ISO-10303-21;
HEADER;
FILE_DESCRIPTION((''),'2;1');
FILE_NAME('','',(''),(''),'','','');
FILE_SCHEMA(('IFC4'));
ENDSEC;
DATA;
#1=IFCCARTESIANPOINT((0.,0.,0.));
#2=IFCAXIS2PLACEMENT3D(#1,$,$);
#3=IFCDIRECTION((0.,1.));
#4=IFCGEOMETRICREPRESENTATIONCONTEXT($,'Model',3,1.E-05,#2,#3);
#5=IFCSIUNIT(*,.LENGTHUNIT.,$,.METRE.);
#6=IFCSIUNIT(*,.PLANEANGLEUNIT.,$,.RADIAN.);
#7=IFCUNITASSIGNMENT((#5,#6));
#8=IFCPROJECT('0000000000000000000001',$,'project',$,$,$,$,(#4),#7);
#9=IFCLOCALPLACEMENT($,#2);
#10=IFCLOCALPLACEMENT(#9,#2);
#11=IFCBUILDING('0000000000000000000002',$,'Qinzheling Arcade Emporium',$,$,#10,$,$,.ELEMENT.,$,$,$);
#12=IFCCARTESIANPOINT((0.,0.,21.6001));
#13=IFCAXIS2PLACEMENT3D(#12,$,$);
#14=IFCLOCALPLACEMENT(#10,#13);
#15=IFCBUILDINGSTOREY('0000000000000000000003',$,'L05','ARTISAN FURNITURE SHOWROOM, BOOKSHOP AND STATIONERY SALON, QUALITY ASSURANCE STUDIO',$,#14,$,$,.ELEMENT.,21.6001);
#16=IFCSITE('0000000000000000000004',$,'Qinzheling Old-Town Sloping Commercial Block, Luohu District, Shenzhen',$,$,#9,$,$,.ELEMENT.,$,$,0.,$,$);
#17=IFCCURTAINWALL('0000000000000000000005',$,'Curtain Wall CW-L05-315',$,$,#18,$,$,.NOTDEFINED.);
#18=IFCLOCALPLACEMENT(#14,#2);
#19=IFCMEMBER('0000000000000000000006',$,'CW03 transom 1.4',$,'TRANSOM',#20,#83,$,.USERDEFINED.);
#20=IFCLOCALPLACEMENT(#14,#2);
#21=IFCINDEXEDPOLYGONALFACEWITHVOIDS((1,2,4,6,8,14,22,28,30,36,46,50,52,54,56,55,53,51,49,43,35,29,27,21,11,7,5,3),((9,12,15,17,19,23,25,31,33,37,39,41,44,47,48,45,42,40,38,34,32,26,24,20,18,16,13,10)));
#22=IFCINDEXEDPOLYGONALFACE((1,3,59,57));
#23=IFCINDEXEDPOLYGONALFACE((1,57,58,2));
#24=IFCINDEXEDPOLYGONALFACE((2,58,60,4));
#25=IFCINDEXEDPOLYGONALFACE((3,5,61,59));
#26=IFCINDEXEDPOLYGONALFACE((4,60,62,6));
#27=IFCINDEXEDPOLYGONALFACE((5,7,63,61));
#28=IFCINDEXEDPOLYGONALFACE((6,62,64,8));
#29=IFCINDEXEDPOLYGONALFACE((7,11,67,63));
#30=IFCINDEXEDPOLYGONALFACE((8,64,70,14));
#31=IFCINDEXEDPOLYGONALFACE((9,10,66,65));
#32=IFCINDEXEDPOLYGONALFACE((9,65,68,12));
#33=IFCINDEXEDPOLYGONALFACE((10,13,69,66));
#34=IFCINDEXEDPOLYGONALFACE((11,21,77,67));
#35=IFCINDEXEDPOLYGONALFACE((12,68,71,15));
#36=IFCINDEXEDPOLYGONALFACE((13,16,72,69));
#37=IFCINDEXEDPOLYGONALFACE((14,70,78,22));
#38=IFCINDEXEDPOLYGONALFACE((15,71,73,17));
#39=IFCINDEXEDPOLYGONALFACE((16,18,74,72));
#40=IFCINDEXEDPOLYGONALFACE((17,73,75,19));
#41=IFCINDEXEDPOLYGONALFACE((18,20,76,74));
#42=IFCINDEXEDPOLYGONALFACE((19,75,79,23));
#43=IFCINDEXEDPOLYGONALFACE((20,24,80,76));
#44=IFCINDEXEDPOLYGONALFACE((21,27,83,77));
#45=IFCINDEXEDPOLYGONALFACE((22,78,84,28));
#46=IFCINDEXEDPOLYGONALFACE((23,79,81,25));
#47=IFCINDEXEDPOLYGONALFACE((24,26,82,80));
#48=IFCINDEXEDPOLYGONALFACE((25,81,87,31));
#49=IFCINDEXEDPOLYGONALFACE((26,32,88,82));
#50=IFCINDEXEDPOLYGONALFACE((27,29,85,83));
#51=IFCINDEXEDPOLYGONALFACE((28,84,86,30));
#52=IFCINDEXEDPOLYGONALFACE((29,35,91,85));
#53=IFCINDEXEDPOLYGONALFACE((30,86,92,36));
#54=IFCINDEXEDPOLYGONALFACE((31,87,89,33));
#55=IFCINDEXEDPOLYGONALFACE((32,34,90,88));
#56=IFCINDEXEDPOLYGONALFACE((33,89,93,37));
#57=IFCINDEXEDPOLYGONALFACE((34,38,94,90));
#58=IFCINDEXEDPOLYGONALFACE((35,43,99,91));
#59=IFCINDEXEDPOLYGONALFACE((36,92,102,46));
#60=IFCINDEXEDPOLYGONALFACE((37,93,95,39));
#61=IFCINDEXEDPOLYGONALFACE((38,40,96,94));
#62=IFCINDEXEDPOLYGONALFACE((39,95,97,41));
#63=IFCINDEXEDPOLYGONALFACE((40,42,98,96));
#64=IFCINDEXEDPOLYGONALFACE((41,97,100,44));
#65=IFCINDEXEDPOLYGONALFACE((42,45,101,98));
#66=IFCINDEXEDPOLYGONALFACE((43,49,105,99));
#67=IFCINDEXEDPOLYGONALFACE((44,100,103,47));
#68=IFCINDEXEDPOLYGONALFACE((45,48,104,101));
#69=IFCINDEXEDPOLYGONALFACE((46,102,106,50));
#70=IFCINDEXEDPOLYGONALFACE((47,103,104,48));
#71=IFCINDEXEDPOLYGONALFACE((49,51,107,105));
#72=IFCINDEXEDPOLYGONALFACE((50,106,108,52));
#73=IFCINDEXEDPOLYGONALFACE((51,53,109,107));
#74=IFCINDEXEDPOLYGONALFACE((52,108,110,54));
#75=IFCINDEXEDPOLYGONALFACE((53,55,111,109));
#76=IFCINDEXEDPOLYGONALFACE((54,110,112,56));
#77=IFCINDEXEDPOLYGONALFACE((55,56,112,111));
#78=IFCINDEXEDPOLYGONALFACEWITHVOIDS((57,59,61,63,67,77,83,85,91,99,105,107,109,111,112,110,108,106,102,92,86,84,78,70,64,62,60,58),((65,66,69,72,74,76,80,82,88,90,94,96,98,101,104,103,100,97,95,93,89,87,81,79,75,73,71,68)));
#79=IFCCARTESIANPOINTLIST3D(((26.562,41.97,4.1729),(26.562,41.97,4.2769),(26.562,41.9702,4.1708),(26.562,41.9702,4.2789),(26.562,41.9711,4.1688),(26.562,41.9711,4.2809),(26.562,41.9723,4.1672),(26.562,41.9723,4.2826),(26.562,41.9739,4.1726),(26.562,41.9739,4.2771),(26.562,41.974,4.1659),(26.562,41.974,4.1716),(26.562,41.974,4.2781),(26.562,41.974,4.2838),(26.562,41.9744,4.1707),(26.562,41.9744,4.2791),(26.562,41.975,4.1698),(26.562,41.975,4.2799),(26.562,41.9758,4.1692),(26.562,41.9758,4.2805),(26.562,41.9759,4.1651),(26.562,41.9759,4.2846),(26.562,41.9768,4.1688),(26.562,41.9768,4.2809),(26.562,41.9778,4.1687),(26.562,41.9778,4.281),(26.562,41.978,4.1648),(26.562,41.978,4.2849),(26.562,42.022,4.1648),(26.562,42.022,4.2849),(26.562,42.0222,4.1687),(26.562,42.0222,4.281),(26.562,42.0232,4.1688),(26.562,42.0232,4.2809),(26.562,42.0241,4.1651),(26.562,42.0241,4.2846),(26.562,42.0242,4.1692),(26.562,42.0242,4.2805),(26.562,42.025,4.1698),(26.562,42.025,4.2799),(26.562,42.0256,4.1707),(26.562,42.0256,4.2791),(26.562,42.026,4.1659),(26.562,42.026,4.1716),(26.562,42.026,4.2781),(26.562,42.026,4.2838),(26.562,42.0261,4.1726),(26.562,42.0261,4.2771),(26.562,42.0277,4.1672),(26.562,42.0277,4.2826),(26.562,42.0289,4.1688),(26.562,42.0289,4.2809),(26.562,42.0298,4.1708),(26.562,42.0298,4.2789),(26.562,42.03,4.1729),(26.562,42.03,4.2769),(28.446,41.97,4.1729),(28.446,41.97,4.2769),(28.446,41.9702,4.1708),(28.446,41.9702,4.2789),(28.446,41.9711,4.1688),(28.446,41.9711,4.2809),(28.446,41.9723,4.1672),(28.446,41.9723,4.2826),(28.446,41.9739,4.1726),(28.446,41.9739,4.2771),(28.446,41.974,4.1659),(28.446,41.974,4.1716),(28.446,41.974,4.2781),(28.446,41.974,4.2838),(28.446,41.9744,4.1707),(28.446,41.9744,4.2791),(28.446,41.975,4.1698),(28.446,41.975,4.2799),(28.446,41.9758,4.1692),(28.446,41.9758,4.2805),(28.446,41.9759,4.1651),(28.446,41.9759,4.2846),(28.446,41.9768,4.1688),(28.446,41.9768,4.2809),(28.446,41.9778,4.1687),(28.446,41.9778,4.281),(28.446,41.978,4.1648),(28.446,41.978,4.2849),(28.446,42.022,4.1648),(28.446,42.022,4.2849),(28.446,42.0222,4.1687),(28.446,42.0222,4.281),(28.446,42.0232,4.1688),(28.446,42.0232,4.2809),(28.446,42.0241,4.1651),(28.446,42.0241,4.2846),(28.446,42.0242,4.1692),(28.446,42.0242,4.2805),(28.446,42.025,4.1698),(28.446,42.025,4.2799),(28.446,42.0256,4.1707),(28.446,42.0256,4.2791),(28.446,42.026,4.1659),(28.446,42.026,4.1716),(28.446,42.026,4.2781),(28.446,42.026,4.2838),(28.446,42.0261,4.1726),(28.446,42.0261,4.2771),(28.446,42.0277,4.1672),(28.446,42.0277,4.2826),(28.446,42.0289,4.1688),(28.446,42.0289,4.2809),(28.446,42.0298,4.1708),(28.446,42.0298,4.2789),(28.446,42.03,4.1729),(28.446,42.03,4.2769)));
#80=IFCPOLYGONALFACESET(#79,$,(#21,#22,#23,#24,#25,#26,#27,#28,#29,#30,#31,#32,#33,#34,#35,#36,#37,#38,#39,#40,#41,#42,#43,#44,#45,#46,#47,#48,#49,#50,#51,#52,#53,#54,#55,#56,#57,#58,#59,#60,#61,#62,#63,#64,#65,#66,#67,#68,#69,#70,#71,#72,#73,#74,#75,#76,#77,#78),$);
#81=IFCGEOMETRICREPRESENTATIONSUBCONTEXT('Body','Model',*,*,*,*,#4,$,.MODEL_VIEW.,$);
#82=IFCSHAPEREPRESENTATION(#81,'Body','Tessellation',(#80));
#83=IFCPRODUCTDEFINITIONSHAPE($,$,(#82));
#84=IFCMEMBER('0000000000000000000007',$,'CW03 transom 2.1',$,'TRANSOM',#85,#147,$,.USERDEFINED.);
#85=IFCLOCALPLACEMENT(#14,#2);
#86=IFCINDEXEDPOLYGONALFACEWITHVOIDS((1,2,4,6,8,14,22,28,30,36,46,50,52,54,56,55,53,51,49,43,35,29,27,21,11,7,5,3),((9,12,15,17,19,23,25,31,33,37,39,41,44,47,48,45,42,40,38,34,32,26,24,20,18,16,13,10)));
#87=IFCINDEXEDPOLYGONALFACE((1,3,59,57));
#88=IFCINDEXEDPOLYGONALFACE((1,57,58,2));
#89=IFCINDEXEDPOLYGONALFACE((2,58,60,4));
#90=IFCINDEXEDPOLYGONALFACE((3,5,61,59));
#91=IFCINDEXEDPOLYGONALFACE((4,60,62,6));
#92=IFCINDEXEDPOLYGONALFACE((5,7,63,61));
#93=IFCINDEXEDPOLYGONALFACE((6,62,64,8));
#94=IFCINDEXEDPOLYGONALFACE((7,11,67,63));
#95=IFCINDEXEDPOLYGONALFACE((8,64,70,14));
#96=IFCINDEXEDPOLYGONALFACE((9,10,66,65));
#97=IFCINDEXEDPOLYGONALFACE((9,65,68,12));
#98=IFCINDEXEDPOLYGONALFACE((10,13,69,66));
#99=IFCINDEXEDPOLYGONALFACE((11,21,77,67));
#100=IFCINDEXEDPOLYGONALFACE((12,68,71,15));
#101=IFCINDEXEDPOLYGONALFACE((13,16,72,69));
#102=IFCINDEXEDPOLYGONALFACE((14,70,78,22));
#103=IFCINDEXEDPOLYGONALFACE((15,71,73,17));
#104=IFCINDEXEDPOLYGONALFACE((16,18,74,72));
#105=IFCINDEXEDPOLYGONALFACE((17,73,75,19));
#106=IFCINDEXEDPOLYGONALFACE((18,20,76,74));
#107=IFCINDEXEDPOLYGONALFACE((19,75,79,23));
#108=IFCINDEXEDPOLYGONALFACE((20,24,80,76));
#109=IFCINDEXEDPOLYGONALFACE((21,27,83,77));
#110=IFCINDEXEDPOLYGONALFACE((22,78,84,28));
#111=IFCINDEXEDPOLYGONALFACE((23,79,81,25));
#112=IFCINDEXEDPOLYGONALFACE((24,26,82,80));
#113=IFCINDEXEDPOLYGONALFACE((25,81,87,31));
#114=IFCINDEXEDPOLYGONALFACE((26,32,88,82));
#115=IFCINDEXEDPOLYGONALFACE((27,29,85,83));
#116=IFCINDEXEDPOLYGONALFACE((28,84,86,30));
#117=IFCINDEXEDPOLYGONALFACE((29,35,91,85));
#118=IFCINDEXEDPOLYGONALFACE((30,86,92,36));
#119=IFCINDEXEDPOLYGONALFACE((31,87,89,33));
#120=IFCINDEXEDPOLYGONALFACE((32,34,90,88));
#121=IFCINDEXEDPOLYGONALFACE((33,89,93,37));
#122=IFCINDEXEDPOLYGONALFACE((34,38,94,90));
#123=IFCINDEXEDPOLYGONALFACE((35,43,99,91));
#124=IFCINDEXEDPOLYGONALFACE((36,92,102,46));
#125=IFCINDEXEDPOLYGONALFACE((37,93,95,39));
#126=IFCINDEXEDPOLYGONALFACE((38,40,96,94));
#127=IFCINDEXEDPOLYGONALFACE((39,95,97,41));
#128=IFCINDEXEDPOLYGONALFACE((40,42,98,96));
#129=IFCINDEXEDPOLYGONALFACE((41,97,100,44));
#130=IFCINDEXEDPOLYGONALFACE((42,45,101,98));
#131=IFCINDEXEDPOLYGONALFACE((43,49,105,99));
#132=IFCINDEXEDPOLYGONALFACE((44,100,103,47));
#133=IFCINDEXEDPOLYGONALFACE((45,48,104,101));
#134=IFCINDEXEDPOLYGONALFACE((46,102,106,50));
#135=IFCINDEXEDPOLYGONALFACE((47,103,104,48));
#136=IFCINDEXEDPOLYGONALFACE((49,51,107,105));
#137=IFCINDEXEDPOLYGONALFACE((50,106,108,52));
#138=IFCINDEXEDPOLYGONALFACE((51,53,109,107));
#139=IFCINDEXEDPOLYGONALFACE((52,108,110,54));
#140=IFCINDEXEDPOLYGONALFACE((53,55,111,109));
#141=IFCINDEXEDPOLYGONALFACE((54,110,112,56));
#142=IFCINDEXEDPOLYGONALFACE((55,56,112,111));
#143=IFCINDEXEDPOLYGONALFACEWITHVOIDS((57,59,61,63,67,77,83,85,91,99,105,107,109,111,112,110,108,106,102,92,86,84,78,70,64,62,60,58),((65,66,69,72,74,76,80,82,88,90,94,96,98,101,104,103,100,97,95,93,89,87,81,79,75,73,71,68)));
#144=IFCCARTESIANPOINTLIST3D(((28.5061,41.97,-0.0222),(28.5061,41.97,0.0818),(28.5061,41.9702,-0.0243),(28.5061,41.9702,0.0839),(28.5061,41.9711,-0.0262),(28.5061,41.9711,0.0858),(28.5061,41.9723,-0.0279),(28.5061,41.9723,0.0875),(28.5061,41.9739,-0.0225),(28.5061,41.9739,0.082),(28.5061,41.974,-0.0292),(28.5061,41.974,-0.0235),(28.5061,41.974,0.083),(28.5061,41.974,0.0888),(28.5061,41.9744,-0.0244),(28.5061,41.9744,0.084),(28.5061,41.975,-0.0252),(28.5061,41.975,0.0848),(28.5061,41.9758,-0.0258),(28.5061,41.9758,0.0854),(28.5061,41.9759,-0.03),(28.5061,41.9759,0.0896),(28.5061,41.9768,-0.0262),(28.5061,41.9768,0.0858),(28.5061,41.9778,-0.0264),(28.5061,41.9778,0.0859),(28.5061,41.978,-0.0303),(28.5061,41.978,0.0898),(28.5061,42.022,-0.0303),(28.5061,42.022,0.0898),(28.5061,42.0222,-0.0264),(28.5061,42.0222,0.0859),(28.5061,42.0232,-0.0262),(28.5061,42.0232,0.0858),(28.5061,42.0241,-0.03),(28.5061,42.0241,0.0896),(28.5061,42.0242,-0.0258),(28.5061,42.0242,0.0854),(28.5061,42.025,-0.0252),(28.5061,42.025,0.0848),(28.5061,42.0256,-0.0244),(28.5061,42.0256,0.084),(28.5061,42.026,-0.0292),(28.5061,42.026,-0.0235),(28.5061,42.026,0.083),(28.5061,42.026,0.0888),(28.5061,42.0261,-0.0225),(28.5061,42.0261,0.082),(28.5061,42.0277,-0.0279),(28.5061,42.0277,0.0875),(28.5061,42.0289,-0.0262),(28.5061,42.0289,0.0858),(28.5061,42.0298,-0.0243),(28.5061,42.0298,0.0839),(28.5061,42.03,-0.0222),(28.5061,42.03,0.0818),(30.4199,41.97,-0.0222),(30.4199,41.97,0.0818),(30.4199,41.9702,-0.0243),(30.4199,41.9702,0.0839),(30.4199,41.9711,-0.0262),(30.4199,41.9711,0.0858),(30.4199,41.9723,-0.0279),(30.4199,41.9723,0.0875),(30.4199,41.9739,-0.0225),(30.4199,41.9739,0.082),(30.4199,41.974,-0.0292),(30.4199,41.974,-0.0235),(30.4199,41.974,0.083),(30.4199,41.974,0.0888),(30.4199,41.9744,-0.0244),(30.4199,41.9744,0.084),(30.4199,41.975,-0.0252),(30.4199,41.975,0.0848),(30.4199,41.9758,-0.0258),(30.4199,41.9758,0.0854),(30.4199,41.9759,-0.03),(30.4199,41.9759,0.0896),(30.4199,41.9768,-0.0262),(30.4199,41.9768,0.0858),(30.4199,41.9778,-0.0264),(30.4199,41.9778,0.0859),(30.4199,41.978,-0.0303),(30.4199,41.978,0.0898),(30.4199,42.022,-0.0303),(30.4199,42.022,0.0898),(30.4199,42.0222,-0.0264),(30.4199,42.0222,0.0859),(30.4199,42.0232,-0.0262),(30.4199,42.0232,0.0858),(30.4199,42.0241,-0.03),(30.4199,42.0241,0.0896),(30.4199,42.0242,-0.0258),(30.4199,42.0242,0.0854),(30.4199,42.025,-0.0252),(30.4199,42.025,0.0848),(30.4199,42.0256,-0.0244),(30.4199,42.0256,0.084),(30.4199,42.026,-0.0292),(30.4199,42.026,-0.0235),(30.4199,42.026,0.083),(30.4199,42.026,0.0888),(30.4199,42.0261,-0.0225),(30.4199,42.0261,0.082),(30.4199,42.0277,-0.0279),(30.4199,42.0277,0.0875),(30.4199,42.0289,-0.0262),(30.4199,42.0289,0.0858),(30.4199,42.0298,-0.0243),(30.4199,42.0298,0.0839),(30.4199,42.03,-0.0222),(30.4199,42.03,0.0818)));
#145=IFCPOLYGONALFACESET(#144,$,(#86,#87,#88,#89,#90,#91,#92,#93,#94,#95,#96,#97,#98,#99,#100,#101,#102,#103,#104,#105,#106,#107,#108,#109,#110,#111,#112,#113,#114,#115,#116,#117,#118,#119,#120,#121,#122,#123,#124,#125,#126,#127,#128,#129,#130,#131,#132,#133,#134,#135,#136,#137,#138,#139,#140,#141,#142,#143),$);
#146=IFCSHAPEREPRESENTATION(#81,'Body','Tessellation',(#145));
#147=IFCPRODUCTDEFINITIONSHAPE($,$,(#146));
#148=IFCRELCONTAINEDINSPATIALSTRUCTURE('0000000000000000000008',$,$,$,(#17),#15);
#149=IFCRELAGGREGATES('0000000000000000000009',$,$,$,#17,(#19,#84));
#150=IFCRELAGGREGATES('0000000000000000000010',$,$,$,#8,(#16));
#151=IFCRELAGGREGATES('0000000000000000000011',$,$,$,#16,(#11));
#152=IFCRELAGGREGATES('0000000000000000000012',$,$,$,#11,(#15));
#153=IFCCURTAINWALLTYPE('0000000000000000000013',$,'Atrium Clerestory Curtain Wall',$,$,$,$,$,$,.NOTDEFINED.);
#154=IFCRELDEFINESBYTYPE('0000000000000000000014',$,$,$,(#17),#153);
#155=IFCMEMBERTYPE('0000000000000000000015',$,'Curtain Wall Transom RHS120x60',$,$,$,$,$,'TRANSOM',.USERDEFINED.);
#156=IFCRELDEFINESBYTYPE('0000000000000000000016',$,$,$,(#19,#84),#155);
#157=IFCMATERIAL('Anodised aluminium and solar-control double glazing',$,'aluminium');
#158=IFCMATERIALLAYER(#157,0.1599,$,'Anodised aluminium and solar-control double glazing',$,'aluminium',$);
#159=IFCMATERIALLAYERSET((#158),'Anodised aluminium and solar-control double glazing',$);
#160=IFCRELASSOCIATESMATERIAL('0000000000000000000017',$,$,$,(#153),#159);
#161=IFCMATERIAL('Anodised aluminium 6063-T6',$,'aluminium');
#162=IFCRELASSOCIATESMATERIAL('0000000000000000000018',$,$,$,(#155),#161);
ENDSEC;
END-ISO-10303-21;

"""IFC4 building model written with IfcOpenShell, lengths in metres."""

from ifc_helpers import new_model, si_unit, direction, frame, origin, origin_2d, place, context, subcontext, project, spatial, hollow_rectangle, extrude, material, layer, layer_set, material_profile, profile_set, type_object, element, aggregate, save


model = new_model("IFC4")

# Units and contexts
model_context = context("Model", 3, precision=1e-05, world=origin(), true_north=direction((0.0, 1.0)))
body_context = subcontext(model_context, "Body", "Model", "MODEL_VIEW")
ifc_project = project(units=[si_unit("LENGTHUNIT", "METRE"), si_unit("PLANEANGLEUNIT", "RADIAN")], contexts=[model_context])

# Site, building, storey
site_placement = place(None, origin())
site = spatial("IfcSite", under=ifc_project, at=site_placement, Name="Qinzheling Old-Town Sloping Commercial Block, Luohu District, Shenzhen", CompositionType="ELEMENT", RefElevation=0.0)
building_placement = place(site_placement, origin())
building = spatial("IfcBuilding", under=site, at=building_placement, Name="Qinzheling Arcade Emporium", CompositionType="ELEMENT")
storey_placement = place(building_placement, frame((0.0, 0.0, 21.6001)))
storey = spatial("IfcBuildingStorey", under=building, at=storey_placement, Name="L05", Description="ARTISAN FURNITURE SHOWROOM, BOOKSHOP AND STATIONERY SALON, QUALITY ASSURANCE STUDIO", CompositionType="ELEMENT", Elevation=21.6001)

# Curtain wall
ifc_material_1 = material(Name="Anodised aluminium and solar-control double glazing", Category="aluminium")
ifc_layer_1 = layer(ifc_material_1, 0.1599, Name="Anodised aluminium and solar-control double glazing", Category="aluminium")
ifc_layer_set_1 = layer_set([ifc_layer_1], Name="Anodised aluminium and solar-control double glazing")
curtain_wall_type = type_object("IfcCurtainWallType", Name="Atrium Clerestory Curtain Wall", PredefinedType="NOTDEFINED", material=ifc_layer_set_1)
ifc_material_2 = material(Name="Anodised aluminium 6063-T6", Category="aluminium")
curtain_wall_1_placement = place(storey_placement, origin())
curtain_wall_1 = element("IfcCurtainWall", 1, at=curtain_wall_1_placement, inside=storey, type_object=curtain_wall_type, Name="Curtain Wall CW-L05-315", PredefinedType="NOTDEFINED")

# Members
ifc_material_profile_1 = material_profile(ifc_material_2, hollow_rectangle(XDim=0.0601, YDim=0.1201, WallThickness=0.0039, InnerFilletRadius=0.0039, OuterFilletRadius=0.0081, at=origin_2d()), Name="RHS 120x60x4", Category="aluminium")
ifc_profile_set_1 = profile_set([ifc_material_profile_1], Name="Anodised aluminium 6063-T6")
member_type_1 = type_object("IfcMemberType", Name="Curtain Wall Transom RHS120x60", ElementType="TRANSOM", PredefinedType="USERDEFINED", material=ifc_profile_set_1)
member_1_placement = place(storey_placement, frame((26.562, 42.0, 4.2249), z_axis=(1.0, 0.0, 0.0), x_axis=(0.0, 1.0, 0.0)))
member_1 = element("IfcMember", 2, at=member_1_placement, type_object=member_type_1, Name="CW03 transom 1.4", ObjectType="TRANSOM", PredefinedType="USERDEFINED", context=body_context, shape_type="SweptSolid", body=[
    extrude(hollow_rectangle(XDim=0.0601, YDim=0.1201, WallThickness=0.0039, InnerFilletRadius=0.0039, OuterFilletRadius=0.0081, at=origin_2d()), origin(), (0.0, 0.0, 1.0), 1.884),
])
member_2_placement = place(storey_placement, frame((28.5061, 42.0, 0.0298), z_axis=(1.0, 0.0, 0.0), x_axis=(0.0, 1.0, 0.0)))
member_2 = element("IfcMember", 3, at=member_2_placement, type_object=member_type_1, Name="CW03 transom 2.1", ObjectType="TRANSOM", PredefinedType="USERDEFINED", context=body_context, shape_type="SweptSolid", body=[
    extrude(hollow_rectangle(XDim=0.0601, YDim=0.1201, WallThickness=0.0039, InnerFilletRadius=0.0039, OuterFilletRadius=0.0081, at=origin_2d()), origin(), (0.0, 0.0, 1.0), 1.9138),
])

aggregate(curtain_wall_1, [member_1, member_2])

save(model, "model.ifc")
